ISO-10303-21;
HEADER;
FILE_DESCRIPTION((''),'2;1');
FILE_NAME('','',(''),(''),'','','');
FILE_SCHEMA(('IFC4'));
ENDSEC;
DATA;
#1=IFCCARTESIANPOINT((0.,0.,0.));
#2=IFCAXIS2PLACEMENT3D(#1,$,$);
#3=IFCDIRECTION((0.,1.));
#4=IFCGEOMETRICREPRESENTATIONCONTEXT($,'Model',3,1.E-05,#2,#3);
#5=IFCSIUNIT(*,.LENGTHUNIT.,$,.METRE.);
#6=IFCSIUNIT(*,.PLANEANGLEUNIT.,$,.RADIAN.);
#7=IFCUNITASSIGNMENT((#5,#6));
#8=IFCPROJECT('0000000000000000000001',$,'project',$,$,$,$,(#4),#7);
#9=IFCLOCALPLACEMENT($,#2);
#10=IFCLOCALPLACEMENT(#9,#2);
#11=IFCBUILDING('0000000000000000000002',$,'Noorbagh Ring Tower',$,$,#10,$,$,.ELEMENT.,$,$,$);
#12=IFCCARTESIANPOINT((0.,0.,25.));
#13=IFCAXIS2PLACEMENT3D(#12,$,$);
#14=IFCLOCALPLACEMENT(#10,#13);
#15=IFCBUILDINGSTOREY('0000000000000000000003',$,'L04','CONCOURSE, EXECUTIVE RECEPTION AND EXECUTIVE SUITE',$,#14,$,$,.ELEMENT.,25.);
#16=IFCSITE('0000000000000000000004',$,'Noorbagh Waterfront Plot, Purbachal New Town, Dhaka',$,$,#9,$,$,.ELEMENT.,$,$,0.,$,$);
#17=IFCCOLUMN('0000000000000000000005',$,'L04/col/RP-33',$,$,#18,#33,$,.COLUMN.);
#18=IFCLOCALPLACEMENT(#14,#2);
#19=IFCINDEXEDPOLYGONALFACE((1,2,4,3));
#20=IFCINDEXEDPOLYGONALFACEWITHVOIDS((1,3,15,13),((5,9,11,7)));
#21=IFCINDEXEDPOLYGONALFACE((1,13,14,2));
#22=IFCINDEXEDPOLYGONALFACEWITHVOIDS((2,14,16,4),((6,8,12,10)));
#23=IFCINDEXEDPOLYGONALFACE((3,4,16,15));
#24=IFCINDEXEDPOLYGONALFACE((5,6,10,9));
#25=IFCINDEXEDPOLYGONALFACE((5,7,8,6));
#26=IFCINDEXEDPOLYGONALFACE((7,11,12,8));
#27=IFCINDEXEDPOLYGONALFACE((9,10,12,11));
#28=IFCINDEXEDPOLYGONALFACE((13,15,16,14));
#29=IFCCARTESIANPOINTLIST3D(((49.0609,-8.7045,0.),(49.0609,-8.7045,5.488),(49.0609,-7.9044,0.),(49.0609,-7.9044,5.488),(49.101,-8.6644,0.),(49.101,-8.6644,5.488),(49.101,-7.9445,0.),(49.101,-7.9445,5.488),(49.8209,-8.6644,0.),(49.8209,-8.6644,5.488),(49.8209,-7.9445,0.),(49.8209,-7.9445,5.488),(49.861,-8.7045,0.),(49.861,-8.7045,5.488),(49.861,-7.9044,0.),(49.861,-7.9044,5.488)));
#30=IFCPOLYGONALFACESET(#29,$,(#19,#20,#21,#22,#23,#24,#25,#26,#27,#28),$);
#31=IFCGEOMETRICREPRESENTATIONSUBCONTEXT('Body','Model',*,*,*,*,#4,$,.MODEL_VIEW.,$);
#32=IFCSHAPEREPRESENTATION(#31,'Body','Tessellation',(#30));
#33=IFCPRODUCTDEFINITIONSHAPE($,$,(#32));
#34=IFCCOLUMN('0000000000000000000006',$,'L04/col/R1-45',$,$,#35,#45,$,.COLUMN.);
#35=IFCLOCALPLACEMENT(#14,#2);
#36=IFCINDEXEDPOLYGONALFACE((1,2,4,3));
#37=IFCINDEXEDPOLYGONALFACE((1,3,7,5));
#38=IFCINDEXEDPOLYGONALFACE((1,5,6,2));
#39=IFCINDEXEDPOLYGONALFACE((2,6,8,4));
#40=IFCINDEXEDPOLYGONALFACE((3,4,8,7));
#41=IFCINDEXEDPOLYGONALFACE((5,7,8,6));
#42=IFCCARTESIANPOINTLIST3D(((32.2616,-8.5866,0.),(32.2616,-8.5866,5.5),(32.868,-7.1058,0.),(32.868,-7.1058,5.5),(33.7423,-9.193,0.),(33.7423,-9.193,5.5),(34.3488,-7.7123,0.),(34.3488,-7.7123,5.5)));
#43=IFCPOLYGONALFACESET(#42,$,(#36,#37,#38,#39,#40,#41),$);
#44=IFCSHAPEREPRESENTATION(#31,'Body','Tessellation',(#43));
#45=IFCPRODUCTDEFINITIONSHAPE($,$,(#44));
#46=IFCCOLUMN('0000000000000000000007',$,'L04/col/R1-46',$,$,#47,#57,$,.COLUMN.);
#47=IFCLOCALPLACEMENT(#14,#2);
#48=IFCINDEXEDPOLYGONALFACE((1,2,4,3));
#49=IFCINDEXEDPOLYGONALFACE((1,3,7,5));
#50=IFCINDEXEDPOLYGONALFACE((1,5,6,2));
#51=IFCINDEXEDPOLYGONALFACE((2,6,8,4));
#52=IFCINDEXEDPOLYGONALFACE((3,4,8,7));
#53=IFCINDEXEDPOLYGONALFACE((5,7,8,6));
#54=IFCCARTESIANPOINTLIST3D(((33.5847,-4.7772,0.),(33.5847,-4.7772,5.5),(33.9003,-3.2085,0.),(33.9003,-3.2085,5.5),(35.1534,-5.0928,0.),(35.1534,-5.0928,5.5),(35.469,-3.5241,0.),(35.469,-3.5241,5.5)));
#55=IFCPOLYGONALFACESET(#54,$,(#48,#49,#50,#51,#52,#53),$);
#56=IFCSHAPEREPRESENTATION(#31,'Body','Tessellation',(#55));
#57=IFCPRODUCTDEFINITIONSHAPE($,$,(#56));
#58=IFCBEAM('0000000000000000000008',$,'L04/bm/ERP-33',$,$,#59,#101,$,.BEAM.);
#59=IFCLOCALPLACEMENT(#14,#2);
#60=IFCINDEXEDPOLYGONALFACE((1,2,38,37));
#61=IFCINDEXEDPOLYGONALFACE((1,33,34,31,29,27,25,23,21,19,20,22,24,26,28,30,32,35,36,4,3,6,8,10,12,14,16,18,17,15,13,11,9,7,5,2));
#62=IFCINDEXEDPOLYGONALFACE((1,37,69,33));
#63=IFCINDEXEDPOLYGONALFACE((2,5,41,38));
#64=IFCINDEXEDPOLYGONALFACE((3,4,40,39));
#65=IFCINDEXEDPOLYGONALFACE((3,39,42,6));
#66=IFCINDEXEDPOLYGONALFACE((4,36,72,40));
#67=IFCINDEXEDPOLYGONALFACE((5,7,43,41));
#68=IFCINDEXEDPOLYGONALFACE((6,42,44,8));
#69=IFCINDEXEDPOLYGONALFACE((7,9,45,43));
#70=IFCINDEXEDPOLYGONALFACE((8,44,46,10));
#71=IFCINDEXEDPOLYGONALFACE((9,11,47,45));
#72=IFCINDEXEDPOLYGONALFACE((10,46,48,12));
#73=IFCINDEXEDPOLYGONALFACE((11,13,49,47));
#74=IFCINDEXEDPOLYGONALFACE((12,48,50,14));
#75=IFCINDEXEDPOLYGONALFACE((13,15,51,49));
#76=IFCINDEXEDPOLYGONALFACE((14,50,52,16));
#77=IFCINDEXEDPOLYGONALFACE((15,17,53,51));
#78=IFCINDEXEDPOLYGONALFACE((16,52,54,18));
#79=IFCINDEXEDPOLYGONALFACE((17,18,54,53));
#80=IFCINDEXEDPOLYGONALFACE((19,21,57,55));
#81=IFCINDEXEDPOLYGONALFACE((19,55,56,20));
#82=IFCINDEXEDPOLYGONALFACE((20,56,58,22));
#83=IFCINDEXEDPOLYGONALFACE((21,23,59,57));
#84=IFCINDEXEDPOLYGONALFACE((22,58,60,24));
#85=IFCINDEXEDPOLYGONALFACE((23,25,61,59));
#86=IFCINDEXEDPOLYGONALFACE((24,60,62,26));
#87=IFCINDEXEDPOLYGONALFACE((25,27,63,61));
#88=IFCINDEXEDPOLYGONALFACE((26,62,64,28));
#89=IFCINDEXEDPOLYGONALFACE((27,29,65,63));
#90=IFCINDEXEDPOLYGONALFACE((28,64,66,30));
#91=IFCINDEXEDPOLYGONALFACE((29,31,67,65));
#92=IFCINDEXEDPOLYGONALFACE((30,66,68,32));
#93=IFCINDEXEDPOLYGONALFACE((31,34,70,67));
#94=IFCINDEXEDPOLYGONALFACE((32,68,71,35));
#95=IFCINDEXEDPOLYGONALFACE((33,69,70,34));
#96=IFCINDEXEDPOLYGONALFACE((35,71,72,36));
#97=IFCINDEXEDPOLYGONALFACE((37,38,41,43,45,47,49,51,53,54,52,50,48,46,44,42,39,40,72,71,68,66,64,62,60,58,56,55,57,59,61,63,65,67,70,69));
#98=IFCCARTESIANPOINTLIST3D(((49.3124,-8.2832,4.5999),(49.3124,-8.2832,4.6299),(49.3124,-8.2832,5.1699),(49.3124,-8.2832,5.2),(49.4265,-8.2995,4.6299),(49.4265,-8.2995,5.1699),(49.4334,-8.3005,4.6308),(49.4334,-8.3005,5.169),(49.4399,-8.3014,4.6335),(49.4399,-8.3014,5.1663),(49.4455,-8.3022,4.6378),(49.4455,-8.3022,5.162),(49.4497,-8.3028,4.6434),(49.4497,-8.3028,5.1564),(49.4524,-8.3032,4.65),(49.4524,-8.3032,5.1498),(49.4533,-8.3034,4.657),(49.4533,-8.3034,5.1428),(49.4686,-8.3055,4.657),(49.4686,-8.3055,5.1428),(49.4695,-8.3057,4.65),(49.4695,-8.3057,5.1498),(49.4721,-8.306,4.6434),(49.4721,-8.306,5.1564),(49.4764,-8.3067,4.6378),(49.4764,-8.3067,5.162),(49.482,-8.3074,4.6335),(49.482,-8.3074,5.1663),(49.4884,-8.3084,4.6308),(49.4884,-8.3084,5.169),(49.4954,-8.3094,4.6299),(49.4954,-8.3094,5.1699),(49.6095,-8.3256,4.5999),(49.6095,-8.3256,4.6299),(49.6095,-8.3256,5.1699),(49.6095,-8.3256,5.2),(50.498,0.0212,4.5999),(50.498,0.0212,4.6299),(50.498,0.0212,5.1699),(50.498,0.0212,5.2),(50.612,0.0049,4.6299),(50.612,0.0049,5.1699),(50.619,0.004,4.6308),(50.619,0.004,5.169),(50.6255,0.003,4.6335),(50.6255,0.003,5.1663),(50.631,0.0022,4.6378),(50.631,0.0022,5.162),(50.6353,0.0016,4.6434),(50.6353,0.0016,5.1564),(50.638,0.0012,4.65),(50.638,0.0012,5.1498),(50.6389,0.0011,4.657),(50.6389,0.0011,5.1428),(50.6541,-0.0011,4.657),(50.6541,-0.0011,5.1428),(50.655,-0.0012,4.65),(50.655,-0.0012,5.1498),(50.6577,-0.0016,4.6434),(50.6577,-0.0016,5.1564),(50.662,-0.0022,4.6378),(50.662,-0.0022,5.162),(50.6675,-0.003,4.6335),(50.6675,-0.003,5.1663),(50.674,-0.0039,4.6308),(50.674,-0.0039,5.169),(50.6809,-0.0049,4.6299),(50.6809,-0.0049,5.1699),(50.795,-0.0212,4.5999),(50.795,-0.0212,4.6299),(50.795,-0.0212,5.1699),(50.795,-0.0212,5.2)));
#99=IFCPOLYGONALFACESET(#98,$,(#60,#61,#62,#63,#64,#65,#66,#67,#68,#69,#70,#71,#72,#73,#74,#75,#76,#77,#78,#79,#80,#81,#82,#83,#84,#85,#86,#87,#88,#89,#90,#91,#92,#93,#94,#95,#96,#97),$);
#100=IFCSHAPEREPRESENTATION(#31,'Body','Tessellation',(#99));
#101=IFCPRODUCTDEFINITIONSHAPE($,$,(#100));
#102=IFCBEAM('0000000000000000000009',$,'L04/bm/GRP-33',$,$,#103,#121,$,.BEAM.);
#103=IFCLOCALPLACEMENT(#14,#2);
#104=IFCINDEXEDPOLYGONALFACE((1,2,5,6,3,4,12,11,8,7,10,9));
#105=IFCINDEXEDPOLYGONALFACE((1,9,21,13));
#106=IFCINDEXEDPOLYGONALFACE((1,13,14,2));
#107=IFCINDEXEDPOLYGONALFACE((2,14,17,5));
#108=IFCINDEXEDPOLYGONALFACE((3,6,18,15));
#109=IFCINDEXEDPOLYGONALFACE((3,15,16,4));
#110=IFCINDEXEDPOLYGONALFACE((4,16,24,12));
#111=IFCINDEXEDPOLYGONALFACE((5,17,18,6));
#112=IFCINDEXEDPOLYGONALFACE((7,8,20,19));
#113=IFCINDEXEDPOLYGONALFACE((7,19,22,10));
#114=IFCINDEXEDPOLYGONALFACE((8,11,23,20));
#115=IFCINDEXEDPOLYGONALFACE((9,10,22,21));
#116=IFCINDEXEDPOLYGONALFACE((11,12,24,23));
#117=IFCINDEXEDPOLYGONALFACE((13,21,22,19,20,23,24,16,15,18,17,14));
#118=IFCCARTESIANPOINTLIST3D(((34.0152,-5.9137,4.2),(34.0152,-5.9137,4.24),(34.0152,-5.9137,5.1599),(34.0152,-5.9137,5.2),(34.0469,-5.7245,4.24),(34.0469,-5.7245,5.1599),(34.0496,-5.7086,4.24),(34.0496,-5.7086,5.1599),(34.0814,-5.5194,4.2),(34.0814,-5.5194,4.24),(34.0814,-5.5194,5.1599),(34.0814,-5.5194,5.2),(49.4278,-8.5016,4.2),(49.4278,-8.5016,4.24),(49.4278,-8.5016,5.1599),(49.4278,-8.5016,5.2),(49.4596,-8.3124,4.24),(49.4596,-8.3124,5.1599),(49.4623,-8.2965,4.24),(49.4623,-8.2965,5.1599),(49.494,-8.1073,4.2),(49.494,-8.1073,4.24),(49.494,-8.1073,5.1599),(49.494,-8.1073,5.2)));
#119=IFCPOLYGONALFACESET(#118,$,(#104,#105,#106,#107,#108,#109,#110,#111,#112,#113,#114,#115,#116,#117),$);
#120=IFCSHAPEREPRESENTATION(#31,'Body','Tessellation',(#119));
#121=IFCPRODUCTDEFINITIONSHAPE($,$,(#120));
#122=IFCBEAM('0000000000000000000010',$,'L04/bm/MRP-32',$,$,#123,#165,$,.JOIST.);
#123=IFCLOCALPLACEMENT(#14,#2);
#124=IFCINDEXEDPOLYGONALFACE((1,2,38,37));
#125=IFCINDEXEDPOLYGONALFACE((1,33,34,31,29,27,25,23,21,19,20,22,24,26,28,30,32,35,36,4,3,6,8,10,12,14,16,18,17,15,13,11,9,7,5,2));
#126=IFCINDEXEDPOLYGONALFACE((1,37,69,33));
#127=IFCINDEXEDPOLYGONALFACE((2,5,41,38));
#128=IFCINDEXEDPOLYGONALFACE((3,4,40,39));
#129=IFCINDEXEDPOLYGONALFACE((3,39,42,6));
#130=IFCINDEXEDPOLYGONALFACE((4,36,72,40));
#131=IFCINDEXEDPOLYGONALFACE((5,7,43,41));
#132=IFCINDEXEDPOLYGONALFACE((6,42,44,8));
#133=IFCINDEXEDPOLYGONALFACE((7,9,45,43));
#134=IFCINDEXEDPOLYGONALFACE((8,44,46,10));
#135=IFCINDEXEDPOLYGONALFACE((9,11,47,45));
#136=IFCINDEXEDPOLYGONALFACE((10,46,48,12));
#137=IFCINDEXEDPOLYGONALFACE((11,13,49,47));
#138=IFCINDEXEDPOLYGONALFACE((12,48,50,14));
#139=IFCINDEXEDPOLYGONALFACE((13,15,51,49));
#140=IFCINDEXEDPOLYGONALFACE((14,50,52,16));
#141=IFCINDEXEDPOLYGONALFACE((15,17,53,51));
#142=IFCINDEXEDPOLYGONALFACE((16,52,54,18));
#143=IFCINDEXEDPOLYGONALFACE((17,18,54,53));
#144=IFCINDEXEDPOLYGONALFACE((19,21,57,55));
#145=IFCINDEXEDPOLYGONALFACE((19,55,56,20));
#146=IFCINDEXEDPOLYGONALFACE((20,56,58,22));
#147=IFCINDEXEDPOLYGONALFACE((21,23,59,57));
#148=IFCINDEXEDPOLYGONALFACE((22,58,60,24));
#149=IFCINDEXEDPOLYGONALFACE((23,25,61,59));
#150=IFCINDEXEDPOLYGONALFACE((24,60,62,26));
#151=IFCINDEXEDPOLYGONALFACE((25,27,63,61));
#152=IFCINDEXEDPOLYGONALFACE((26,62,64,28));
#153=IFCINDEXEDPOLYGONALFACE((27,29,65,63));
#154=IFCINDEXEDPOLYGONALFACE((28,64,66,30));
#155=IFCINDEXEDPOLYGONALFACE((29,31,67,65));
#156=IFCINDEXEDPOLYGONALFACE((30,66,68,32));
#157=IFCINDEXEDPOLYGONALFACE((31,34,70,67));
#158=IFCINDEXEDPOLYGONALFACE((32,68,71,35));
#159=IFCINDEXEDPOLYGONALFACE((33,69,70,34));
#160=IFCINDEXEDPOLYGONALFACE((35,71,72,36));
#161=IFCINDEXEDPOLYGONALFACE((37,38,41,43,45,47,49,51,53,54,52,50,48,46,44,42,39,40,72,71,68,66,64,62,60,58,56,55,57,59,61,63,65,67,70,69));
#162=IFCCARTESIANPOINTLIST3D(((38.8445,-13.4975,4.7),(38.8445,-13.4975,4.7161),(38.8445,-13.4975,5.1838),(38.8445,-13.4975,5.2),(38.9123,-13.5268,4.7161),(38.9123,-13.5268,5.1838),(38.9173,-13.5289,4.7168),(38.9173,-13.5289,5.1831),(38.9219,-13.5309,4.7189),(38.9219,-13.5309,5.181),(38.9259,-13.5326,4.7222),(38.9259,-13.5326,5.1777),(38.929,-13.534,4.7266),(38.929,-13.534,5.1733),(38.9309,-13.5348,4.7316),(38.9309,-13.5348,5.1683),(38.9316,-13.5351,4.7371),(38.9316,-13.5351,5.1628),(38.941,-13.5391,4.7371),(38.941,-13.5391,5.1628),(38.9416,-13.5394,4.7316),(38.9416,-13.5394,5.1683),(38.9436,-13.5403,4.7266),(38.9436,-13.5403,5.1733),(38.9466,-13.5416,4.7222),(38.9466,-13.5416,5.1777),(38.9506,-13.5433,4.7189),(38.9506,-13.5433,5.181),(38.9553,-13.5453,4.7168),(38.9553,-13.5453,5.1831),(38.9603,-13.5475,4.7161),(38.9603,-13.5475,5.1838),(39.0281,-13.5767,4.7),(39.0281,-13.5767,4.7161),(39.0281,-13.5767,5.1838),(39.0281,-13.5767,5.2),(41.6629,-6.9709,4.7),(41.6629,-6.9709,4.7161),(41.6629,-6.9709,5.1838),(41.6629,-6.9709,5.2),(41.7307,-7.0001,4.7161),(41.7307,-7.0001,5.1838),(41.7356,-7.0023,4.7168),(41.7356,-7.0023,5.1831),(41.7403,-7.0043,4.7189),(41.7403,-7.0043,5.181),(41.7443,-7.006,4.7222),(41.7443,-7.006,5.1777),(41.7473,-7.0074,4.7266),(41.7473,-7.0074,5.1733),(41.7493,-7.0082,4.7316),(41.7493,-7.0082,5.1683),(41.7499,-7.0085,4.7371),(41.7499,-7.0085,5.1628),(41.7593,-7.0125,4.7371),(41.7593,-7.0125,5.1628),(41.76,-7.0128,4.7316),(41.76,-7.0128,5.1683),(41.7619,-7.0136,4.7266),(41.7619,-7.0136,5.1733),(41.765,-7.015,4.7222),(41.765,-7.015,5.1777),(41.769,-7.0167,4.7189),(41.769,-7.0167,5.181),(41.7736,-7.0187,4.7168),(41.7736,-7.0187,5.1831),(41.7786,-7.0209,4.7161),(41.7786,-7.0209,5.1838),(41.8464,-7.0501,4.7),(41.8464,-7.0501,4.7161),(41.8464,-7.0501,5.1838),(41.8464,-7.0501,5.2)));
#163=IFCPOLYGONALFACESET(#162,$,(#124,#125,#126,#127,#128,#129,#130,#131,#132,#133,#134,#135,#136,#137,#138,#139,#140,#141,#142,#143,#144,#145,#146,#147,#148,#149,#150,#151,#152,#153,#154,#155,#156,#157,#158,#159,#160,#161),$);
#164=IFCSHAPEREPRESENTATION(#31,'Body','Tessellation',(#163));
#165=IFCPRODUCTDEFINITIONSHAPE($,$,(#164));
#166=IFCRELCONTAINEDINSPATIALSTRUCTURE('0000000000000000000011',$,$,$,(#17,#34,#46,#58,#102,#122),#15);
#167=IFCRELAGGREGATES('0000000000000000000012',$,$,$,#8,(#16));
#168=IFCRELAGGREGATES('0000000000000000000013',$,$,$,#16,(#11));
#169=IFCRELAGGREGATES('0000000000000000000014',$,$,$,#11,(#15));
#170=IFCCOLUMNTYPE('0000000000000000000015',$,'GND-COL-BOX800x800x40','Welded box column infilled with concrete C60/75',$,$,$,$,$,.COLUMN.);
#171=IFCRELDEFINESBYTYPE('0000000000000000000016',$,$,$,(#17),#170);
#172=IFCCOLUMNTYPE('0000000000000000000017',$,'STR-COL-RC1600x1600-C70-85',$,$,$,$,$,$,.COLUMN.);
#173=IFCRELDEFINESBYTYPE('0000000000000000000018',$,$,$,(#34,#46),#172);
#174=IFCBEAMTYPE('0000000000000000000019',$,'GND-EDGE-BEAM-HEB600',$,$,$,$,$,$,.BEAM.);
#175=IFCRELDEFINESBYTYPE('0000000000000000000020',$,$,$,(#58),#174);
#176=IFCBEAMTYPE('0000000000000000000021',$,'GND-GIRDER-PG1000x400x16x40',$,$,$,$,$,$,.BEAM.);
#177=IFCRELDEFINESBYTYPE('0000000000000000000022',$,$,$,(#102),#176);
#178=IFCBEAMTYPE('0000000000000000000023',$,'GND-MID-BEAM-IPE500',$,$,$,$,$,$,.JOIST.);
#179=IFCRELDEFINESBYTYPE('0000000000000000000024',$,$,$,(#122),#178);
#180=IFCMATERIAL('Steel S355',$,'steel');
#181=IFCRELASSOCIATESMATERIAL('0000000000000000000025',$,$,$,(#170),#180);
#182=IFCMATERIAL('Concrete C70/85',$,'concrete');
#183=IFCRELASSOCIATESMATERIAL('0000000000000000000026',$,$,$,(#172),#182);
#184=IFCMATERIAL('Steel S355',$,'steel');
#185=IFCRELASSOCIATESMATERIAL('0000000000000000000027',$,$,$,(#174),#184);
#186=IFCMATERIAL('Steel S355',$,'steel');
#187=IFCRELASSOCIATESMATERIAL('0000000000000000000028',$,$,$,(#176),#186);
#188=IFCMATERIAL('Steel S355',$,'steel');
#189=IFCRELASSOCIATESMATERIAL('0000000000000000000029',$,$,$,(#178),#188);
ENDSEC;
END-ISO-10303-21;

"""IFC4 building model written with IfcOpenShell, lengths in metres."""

from ifc_helpers import new_model, si_unit, direction, frame, origin, origin_2d, place, context, subcontext, project, spatial, rectangle, hollow_rectangle, i_section, extrude, material, material_profile, profile_set, type_object, element, save


model = new_model("IFC4")

# Units and contexts
model_context = context("Model", 3, precision=1e-05, world=origin(), true_north=direction((0.0, 1.0)))
body_context = subcontext(model_context, "Body", "Model", "MODEL_VIEW")
ifc_project = project(units=[si_unit("LENGTHUNIT", "METRE"), si_unit("PLANEANGLEUNIT", "RADIAN")], contexts=[model_context])

# Site, building, storey
site_placement = place(None, origin())
site = spatial("IfcSite", under=ifc_project, at=site_placement, Name="Noorbagh Waterfront Plot, Purbachal New Town, Dhaka", CompositionType="ELEMENT", RefElevation=0.0)
building_placement = place(site_placement, origin())
building = spatial("IfcBuilding", under=site, at=building_placement, Name="Noorbagh Ring Tower", CompositionType="ELEMENT")
storey_placement = place(building_placement, frame((0.0, 0.0, 25.0)))
storey = spatial("IfcBuildingStorey", under=building, at=storey_placement, Name="L04", Description="CONCOURSE, EXECUTIVE RECEPTION AND EXECUTIVE SUITE", CompositionType="ELEMENT", Elevation=25.0)

# Columns
ifc_material_1 = material(Name="Steel S355", Category="steel")
ifc_material_profile_1 = material_profile(ifc_material_1, hollow_rectangle(XDim=0.8, YDim=0.8, WallThickness=0.04, at=origin_2d()), Name="BOX800x800x40")
ifc_profile_set_1 = profile_set([ifc_material_profile_1], Name="Steel S355")
column_type_1 = type_object("IfcColumnType", Name="GND-COL-BOX800x800x40", Description="Welded box column infilled with concrete C60/75", PredefinedType="COLUMN", material=ifc_profile_set_1)
column_placement = place(storey_placement, frame((49.4609, -8.3044, 0.0), z_axis=(0.0, 0.0, 1.0), x_axis=(1.0, 0.0, 0.0)))
element("IfcColumn", 1, at=column_placement, inside=storey, type_object=column_type_1, Name="L04/col/RP-33", PredefinedType="COLUMN", context=body_context, shape_type="SweptSolid", body=[
    extrude(hollow_rectangle(XDim=0.8, YDim=0.8, WallThickness=0.04, at=origin_2d()), origin(), (0.0, 0.0, 1.0), 5.488),
])
ifc_material_2 = material(Name="Concrete C70/85", Category="concrete")
ifc_material_profile_2 = material_profile(ifc_material_2, rectangle(XDim=1.6001, YDim=1.6001, at=origin_2d()), Name="RC1600x1600")
ifc_profile_set_2 = profile_set([ifc_material_profile_2], Name="Concrete C70/85")
column_type_2 = type_object("IfcColumnType", Name="STR-COL-RC1600x1600-C70-85", PredefinedType="COLUMN", material=ifc_profile_set_2)
for number, where, z_axis, x_axis, name in (
    (2, (33.3052, -8.1494, 0.0), (0.0, 0.0, 1.0), (0.378989, 0.925401, 0.0), "L04/col/R1-45"),
    (3, (34.5269, -4.1506, 0.0), (0.0, 0.0, 1.0), (0.19723, 0.980357, 0.0), "L04/col/R1-46"),
):
    element("IfcColumn", number, at=place(storey_placement, frame(where, z_axis=z_axis, x_axis=x_axis)), inside=storey, type_object=column_type_2, Name=name, PredefinedType="COLUMN", context=body_context, shape_type="SweptSolid", body=[
        extrude(rectangle(XDim=1.6001, YDim=1.6001, at=origin_2d()), origin(), (0.0, 0.0, 1.0), 5.5),
    ])

# Beams
ifc_material_3 = material(Name="Steel S355", Category="steel")
ifc_material_profile_3 = material_profile(ifc_material_3, i_section(OverallWidth=0.3, OverallDepth=0.6001, WebThickness=0.0154, FlangeThickness=0.03, FilletRadius=0.0271, at=origin_2d()), Name="HEB600")
ifc_profile_set_3 = profile_set([ifc_material_profile_3], Name="Steel S355")
beam_type_1 = type_object("IfcBeamType", Name="GND-EDGE-BEAM-HEB600", PredefinedType="BEAM", material=ifc_profile_set_3)
beam_1_placement = place(storey_placement, frame((49.4609, -8.3044, 4.8999), z_axis=(0.141328, 0.989963, 0.0), x_axis=(-0.989963, 0.141328, 0.0)))
element("IfcBeam", 4, at=beam_1_placement, inside=storey, type_object=beam_type_1, Name="L04/bm/ERP-33", PredefinedType="BEAM", context=body_context, shape_type="SweptSolid", body=[
    extrude(i_section(OverallWidth=0.3, OverallDepth=0.6001, WebThickness=0.0154, FlangeThickness=0.03, FilletRadius=0.0271, at=origin_2d()), origin(), (0.0, 0.0, 1.0), 8.3887),
])
ifc_material_4 = material(Name="Steel S355", Category="steel")
ifc_material_profile_4 = material_profile(ifc_material_4, i_section(OverallWidth=0.3999, OverallDepth=1.0, WebThickness=0.0161, FlangeThickness=0.04, at=origin_2d()), Name="PG1000x400x16x40")
ifc_profile_set_4 = profile_set([ifc_material_profile_4], Name="Steel S355")
beam_type_2 = type_object("IfcBeamType", Name="GND-GIRDER-PG1000x400x16x40", PredefinedType="BEAM", material=ifc_profile_set_4)
beam_2_placement = place(storey_placement, frame((49.4609, -8.3044, 4.7), z_axis=(-0.986195, 0.165589, 0.0), x_axis=(-0.165589, -0.986195, 0.0)))
element("IfcBeam", 5, at=beam_2_placement, inside=storey, type_object=beam_type_2, Name="L04/bm/GRP-33", PredefinedType="BEAM", context=body_context, shape_type="SweptSolid", body=[
    extrude(i_section(OverallWidth=0.3999, OverallDepth=1.0, WebThickness=0.0161, FlangeThickness=0.04, at=origin_2d()), origin(), (0.0, 0.0, 1.0), 15.6284),
])
ifc_material_5 = material(Name="Steel S355", Category="steel")
ifc_material_profile_5 = material_profile(ifc_material_5, i_section(OverallWidth=0.2, OverallDepth=0.5, WebThickness=0.0103, FlangeThickness=0.0161, FilletRadius=0.021, at=origin_2d()), Name="IPE500")
ifc_profile_set_5 = profile_set([ifc_material_profile_5], Name="Steel S355")
beam_type_3 = type_object("IfcBeamType", Name="GND-MID-BEAM-IPE500", PredefinedType="JOIST", material=ifc_profile_set_5)
beam_3_placement = place(storey_placement, frame((38.9363, -13.5371, 4.95), z_axis=(0.396442, 0.91806, 0.0), x_axis=(-0.91806, 0.396442, 0.0)))
element("IfcBeam", 6, at=beam_3_placement, inside=storey, type_object=beam_type_3, Name="L04/bm/MRP-32", PredefinedType="JOIST", context=body_context, shape_type="SweptSolid", body=[
    extrude(i_section(OverallWidth=0.2, OverallDepth=0.5, WebThickness=0.0103, FlangeThickness=0.0161, FilletRadius=0.021, at=origin_2d()), origin(), (0.0, 0.0, 1.0), 7.1091),
])

save(model, "model.ifc")
